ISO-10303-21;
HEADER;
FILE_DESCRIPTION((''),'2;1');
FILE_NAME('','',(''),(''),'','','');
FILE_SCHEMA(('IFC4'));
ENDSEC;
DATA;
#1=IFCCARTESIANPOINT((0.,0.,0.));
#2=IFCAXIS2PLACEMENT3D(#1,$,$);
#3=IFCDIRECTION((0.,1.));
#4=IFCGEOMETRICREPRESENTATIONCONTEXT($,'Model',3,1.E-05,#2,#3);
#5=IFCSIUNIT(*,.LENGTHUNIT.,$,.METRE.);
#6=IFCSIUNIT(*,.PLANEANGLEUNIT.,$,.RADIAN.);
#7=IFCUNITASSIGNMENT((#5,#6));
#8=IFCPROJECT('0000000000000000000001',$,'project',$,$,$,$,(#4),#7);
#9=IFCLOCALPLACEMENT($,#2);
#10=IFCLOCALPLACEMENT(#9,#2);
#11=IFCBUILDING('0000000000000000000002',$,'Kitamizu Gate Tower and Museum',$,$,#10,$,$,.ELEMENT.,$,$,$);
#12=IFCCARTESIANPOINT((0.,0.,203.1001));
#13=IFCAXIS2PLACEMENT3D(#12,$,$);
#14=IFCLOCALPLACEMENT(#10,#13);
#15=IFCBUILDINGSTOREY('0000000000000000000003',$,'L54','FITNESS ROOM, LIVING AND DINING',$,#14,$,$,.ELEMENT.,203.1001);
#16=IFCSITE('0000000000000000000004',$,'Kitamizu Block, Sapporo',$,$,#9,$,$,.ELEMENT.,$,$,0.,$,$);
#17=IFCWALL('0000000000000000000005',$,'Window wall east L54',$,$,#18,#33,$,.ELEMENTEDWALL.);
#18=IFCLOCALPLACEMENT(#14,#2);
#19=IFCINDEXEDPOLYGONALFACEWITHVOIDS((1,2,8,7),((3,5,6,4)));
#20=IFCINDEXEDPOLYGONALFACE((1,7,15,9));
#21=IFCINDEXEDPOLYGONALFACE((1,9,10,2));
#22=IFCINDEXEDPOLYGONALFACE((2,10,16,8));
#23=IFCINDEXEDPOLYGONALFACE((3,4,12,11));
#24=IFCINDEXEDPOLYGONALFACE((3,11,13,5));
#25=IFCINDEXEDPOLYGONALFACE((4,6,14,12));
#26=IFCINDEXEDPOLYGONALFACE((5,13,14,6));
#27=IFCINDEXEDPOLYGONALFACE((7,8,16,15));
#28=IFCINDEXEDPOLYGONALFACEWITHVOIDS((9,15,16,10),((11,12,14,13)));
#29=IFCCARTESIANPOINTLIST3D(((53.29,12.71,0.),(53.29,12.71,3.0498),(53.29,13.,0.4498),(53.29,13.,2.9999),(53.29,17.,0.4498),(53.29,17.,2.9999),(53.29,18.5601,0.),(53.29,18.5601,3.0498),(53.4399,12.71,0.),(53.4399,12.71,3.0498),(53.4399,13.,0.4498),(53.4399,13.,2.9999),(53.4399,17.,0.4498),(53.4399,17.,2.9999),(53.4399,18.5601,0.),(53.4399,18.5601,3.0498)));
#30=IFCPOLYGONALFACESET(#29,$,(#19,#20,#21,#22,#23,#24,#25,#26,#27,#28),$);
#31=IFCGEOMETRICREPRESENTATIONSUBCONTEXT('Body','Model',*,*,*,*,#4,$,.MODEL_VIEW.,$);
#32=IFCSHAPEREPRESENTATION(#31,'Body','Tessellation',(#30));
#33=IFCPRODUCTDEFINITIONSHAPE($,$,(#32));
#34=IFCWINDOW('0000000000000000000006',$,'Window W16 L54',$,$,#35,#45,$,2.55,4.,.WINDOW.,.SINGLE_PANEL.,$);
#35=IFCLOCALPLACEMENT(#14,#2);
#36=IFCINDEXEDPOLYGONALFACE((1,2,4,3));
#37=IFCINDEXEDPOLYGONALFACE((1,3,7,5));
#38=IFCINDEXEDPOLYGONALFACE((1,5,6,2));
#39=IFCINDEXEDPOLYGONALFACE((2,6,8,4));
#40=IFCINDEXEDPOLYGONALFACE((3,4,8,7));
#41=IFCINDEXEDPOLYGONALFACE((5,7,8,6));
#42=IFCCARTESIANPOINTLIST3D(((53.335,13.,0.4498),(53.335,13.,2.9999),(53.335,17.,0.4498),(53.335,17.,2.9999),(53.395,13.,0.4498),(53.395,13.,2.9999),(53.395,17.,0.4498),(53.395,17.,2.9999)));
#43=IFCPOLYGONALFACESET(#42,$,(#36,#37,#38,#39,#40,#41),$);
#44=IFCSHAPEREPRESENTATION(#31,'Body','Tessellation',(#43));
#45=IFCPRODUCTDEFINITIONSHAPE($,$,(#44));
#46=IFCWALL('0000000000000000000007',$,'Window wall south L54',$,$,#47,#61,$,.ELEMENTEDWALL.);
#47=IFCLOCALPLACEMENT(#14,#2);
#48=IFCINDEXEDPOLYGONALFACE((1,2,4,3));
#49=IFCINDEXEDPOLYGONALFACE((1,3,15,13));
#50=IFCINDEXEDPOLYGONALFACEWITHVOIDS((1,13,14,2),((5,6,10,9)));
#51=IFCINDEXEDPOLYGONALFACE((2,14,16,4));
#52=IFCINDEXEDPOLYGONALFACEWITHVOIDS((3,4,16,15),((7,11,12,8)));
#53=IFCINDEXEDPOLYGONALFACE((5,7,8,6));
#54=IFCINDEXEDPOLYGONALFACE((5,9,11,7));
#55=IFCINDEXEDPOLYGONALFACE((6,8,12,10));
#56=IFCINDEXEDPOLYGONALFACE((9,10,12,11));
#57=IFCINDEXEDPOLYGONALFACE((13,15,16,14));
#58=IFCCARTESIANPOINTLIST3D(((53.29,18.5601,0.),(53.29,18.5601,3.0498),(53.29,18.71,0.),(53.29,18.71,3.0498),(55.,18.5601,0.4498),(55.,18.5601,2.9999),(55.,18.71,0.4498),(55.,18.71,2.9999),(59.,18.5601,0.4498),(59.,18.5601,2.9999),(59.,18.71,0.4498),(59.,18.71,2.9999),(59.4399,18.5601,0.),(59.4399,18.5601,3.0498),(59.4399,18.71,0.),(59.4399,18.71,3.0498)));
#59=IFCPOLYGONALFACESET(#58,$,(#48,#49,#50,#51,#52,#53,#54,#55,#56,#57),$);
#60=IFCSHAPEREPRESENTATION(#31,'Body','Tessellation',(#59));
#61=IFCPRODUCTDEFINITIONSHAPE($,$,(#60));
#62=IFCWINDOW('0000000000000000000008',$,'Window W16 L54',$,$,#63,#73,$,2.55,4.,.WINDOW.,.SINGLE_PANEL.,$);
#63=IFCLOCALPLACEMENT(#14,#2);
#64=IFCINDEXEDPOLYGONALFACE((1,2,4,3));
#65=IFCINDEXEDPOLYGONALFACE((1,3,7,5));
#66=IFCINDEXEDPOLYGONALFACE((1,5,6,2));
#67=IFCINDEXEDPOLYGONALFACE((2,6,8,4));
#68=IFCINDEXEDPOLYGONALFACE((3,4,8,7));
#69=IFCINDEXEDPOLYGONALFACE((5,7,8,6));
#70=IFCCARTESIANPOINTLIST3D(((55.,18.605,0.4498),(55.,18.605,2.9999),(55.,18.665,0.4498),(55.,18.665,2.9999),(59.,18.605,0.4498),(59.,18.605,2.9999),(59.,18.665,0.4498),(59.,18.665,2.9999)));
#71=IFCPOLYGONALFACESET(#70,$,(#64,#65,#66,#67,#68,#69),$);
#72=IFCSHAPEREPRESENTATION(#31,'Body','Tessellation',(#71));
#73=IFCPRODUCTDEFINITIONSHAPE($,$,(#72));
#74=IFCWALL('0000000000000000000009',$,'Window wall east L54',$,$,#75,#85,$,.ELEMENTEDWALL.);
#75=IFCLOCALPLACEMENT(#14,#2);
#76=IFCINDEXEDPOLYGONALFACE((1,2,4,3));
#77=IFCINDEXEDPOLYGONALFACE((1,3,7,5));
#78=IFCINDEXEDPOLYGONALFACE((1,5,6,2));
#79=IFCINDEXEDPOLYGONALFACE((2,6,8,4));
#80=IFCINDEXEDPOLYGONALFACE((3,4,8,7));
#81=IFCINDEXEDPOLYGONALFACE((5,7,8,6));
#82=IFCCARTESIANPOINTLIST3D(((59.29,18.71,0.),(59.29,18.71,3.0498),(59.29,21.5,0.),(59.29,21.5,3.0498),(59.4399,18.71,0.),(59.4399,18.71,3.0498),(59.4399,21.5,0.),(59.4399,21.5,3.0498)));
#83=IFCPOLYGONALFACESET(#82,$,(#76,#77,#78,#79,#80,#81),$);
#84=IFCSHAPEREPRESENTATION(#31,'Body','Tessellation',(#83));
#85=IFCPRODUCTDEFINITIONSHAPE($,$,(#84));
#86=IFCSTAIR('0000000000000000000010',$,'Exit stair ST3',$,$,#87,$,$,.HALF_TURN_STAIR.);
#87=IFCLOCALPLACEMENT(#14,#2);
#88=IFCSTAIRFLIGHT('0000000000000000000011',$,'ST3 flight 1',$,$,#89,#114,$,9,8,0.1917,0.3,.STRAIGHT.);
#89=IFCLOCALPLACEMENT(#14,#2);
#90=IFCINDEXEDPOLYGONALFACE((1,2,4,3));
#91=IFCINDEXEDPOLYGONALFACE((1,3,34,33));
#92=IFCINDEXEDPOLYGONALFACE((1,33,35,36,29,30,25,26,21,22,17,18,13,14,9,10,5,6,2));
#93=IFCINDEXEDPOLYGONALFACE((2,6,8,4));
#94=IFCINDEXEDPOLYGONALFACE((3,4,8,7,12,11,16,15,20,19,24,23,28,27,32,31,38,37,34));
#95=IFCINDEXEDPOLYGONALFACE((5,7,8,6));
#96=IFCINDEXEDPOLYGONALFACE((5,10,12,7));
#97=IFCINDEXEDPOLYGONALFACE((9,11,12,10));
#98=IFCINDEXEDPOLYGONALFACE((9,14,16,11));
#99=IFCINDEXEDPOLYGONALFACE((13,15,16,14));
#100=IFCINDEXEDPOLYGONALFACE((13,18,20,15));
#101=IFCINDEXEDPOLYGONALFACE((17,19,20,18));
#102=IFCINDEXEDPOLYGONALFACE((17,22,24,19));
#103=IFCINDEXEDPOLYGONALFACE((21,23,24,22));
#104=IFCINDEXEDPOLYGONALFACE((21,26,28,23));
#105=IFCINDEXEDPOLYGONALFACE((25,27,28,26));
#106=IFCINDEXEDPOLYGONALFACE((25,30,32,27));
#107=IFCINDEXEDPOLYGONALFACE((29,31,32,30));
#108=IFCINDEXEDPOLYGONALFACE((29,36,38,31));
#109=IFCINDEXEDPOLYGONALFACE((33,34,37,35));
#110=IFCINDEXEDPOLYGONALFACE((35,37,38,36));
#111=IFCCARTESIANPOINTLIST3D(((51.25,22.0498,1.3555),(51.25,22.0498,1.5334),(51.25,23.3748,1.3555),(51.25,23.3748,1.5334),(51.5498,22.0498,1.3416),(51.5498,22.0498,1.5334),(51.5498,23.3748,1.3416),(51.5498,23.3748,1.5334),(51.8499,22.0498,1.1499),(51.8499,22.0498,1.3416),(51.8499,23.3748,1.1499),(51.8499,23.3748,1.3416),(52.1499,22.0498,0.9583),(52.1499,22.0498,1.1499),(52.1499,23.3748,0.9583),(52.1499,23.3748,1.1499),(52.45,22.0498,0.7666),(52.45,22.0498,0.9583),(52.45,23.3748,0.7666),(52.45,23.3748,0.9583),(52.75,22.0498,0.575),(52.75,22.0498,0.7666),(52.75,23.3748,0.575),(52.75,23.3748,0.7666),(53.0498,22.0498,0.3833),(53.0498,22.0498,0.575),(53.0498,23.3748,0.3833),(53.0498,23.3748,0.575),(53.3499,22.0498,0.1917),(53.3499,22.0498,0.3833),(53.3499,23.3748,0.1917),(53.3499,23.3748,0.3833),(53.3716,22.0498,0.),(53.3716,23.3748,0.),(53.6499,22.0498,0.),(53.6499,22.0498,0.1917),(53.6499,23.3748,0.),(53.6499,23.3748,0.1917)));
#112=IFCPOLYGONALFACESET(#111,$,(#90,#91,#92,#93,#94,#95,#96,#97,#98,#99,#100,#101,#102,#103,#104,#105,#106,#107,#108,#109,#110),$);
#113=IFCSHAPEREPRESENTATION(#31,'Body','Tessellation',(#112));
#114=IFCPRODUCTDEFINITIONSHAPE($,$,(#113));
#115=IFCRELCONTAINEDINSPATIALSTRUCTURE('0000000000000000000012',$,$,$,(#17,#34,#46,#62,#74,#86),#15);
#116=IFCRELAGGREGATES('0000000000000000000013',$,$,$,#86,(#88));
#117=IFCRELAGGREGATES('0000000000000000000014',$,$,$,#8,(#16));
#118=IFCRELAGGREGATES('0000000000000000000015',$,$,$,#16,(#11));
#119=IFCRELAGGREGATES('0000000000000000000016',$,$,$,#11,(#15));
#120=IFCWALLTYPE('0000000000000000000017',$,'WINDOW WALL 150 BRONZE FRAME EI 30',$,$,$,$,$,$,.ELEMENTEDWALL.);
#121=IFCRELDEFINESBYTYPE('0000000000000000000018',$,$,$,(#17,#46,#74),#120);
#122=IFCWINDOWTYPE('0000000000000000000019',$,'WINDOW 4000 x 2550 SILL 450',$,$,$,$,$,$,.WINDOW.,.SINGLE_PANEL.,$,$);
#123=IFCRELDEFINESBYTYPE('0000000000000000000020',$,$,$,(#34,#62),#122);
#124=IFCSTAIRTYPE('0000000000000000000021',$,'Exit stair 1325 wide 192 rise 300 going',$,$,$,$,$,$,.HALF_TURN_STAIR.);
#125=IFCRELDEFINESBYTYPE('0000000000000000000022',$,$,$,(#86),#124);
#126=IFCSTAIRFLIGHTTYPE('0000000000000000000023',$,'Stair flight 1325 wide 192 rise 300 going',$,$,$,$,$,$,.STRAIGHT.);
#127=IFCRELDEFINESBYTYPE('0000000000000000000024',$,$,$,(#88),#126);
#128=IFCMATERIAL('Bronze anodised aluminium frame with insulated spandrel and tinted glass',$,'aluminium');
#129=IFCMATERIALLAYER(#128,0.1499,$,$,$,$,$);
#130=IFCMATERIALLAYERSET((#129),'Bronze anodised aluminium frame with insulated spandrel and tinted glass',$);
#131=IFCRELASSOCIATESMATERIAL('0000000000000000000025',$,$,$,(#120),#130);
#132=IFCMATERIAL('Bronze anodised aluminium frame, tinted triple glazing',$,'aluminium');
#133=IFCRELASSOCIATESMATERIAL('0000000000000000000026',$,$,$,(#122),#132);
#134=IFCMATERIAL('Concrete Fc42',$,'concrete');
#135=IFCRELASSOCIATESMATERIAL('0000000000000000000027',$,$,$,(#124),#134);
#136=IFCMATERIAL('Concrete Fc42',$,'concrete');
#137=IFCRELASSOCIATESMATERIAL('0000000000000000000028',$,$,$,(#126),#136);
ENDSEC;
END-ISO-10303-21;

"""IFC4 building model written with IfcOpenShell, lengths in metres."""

from ifc_helpers import new_model, si_unit, direction, frame, frame_2d, origin, place, context, subcontext, project, spatial, polyline, rectangle, outline, extrude, material, layer, layer_set, type_object, element, fill, aggregate, save


model = new_model("IFC4")

# Units and contexts
model_context = context("Model", 3, precision=1e-05, world=origin(), true_north=direction((0.0, 1.0)))
body_context = subcontext(model_context, "Body", "Model", "MODEL_VIEW")
ifc_project = project(units=[si_unit("LENGTHUNIT", "METRE"), si_unit("PLANEANGLEUNIT", "RADIAN")], contexts=[model_context])

# Site, building, storey
site_placement = place(None, origin())
site = spatial("IfcSite", under=ifc_project, at=site_placement, Name="Kitamizu Block, Sapporo", CompositionType="ELEMENT", RefElevation=0.0)
building_placement = place(site_placement, origin())
building = spatial("IfcBuilding", under=site, at=building_placement, Name="Kitamizu Gate Tower and Museum", CompositionType="ELEMENT")
storey_placement = place(building_placement, frame((0.0, 0.0, 203.1001)))
storey = spatial("IfcBuildingStorey", under=building, at=storey_placement, Name="L54", Description="FITNESS ROOM, LIVING AND DINING", CompositionType="ELEMENT", Elevation=203.1001)

# Walls, openings, windows
ifc_material_1 = material(Name="Bronze anodised aluminium frame with insulated spandrel and tinted glass", Category="aluminium")
ifc_layer_1 = layer(ifc_material_1, 0.1499)
ifc_layer_set_1 = layer_set([ifc_layer_1], Name="Bronze anodised aluminium frame with insulated spandrel and tinted glass")
wall_type_1 = type_object("IfcWallType", Name="WINDOW WALL 150 BRONZE FRAME EI 30", PredefinedType="ELEMENTEDWALL", material=ifc_layer_set_1)
wall_1_placement = place(storey_placement, frame((53.365, 12.71, 0.0), z_axis=(0.0, 0.0, 1.0), x_axis=(0.0, 1.0, 0.0)))
wall_1 = element("IfcWall", 1, at=wall_1_placement, inside=storey, type_object=wall_type_1, Name="Window wall east L54", PredefinedType="ELEMENTEDWALL", context=body_context, shape_type="SweptSolid", body=[
    extrude(rectangle(XDim=5.8501, YDim=0.1499, at=frame_2d((2.925, 0.0))), origin(), (0.0, 0.0, 1.0), 3.0498),
])
opening_1_placement = place(wall_1_placement, frame((0.29, 0.0, 0.45)))
opening_1 = element("IfcOpeningElement", 2, at=opening_1_placement, cuts=wall_1, PredefinedType="OPENING", context=body_context, shape_type="SweptSolid", body=[
    extrude(rectangle(XDim=4.0, YDim=2.55, at=frame_2d((2.0, 1.2749))), frame((0.0, 0.085, 0.0), z_axis=(0.0, -1.0, 0.0), x_axis=(1.0, 0.0, 0.0)), (0.0, 0.0, 1.0), 0.1699),
])
ifc_material_2 = material(Name="Bronze anodised aluminium frame, tinted triple glazing", Category="aluminium")
window_type = type_object("IfcWindowType", Name="WINDOW 4000 x 2550 SILL 450", PartitioningType="SINGLE_PANEL", PredefinedType="WINDOW", material=ifc_material_2)
window_1_placement = place(opening_1_placement, origin())
window_1 = element("IfcWindow", 3, at=window_1_placement, inside=storey, type_object=window_type, Name="Window W16 L54", OverallHeight=2.55, OverallWidth=4.0, PartitioningType="SINGLE_PANEL", PredefinedType="WINDOW", context=body_context, shape_type="SweptSolid", body=[
    extrude(rectangle(XDim=4.0, YDim=2.55, at=frame_2d((2.0, 1.2749))), frame((0.0, 0.03, 0.0), z_axis=(0.0, -1.0, 0.0), x_axis=(1.0, 0.0, 0.0)), (0.0, 0.0, 1.0), 0.0601),
])
fill(opening_1, window_1)
wall_2_placement = place(storey_placement, frame((53.29, 18.635, 0.0), z_axis=(0.0, 0.0, 1.0), x_axis=(1.0, 0.0, 0.0)))
wall_2 = element("IfcWall", 4, at=wall_2_placement, inside=storey, type_object=wall_type_1, Name="Window wall south L54", PredefinedType="ELEMENTEDWALL", context=body_context, shape_type="SweptSolid", body=[
    extrude(rectangle(XDim=6.1499, YDim=0.1499, at=frame_2d((3.075, 0.0))), origin(), (0.0, 0.0, 1.0), 3.0498),
])
opening_2_placement = place(wall_2_placement, frame((1.71, 0.0, 0.45)))
opening_2 = element("IfcOpeningElement", 5, at=opening_2_placement, cuts=wall_2, PredefinedType="OPENING", context=body_context, shape_type="SweptSolid", body=[
    extrude(rectangle(XDim=4.0, YDim=2.55, at=frame_2d((2.0, 1.2749))), frame((0.0, 0.085, 0.0), z_axis=(0.0, -1.0, 0.0), x_axis=(1.0, 0.0, 0.0)), (0.0, 0.0, 1.0), 0.1699),
])
window_2_placement = place(opening_2_placement, origin())
window_2 = element("IfcWindow", 6, at=window_2_placement, inside=storey, type_object=window_type, Name="Window W16 L54", OverallHeight=2.55, OverallWidth=4.0, PartitioningType="SINGLE_PANEL", PredefinedType="WINDOW", context=body_context, shape_type="SweptSolid", body=[
    extrude(rectangle(XDim=4.0, YDim=2.55, at=frame_2d((2.0, 1.2749))), frame((0.0, 0.03, 0.0), z_axis=(0.0, -1.0, 0.0), x_axis=(1.0, 0.0, 0.0)), (0.0, 0.0, 1.0), 0.0601),
])
fill(opening_2, window_2)

# Wall
wall_3_placement = place(storey_placement, frame((59.365, 18.71, 0.0), z_axis=(0.0, 0.0, 1.0), x_axis=(0.0, 1.0, 0.0)))
element("IfcWall", 7, at=wall_3_placement, inside=storey, type_object=wall_type_1, Name="Window wall east L54", PredefinedType="ELEMENTEDWALL", context=body_context, shape_type="SweptSolid", body=[
    extrude(rectangle(XDim=2.79, YDim=0.1499, at=frame_2d((1.395, 0.0))), origin(), (0.0, 0.0, 1.0), 3.0498),
])

# Stair, stair flight
ifc_material_3 = material(Name="Concrete Fc42", Category="concrete")
stair_type = type_object("IfcStairType", Name="Exit stair 1325 wide 192 rise 300 going", PredefinedType="HALF_TURN_STAIR", material=ifc_material_3)
stair_placement = place(storey_placement, origin())
stair = element("IfcStair", 8, at=stair_placement, inside=storey, type_object=stair_type, Name="Exit stair ST3", PredefinedType="HALF_TURN_STAIR")
ifc_material_4 = material(Name="Concrete Fc42", Category="concrete")
stair_flight_type = type_object("IfcStairFlightType", Name="Stair flight 1325 wide 192 rise 300 going", PredefinedType="STRAIGHT", material=ifc_material_4)
stair_flight_placement = place(storey_placement, frame((53.6499, 22.7124, 0.0), z_axis=(0.0, 0.0, 1.0), x_axis=(-1.0, 0.0, 0.0)))
stair_flight = element("IfcStairFlight", 9, at=stair_flight_placement, type_object=stair_flight_type, Name="ST3 flight 1", NumberOfRisers=9, NumberOfTreads=8, PredefinedType="STRAIGHT", RiserHeight=0.1917, TreadLength=0.3, context=body_context, shape_type="SweptSolid", body=[
    extrude(outline(polyline([(0.0, 0.0), (0.0, 0.1917), (0.3, 0.1917), (0.3, 0.3833), (0.6001, 0.3833), (0.6001, 0.575), (0.8999, 0.575), (0.8999, 0.7666), (1.2, 0.7666), (1.2, 0.9583), (1.5, 0.9583), (1.5, 1.1499), (1.8, 1.1499), (1.8, 1.3416), (2.1001, 1.3416), (2.1001, 1.5334), (2.3999, 1.5334), (2.3999, 1.7251), (2.3999, 1.3555), (0.2783, 0.0), (0.0, 0.0)])), frame((0.0, 0.6626, 0.0), z_axis=(0.0, -1.0, 0.0), x_axis=(1.0, 0.0, 0.0)), (0.0, 0.0, 1.0), 1.325),
])
aggregate(stair, [stair_flight])

save(model, "model.ifc")
